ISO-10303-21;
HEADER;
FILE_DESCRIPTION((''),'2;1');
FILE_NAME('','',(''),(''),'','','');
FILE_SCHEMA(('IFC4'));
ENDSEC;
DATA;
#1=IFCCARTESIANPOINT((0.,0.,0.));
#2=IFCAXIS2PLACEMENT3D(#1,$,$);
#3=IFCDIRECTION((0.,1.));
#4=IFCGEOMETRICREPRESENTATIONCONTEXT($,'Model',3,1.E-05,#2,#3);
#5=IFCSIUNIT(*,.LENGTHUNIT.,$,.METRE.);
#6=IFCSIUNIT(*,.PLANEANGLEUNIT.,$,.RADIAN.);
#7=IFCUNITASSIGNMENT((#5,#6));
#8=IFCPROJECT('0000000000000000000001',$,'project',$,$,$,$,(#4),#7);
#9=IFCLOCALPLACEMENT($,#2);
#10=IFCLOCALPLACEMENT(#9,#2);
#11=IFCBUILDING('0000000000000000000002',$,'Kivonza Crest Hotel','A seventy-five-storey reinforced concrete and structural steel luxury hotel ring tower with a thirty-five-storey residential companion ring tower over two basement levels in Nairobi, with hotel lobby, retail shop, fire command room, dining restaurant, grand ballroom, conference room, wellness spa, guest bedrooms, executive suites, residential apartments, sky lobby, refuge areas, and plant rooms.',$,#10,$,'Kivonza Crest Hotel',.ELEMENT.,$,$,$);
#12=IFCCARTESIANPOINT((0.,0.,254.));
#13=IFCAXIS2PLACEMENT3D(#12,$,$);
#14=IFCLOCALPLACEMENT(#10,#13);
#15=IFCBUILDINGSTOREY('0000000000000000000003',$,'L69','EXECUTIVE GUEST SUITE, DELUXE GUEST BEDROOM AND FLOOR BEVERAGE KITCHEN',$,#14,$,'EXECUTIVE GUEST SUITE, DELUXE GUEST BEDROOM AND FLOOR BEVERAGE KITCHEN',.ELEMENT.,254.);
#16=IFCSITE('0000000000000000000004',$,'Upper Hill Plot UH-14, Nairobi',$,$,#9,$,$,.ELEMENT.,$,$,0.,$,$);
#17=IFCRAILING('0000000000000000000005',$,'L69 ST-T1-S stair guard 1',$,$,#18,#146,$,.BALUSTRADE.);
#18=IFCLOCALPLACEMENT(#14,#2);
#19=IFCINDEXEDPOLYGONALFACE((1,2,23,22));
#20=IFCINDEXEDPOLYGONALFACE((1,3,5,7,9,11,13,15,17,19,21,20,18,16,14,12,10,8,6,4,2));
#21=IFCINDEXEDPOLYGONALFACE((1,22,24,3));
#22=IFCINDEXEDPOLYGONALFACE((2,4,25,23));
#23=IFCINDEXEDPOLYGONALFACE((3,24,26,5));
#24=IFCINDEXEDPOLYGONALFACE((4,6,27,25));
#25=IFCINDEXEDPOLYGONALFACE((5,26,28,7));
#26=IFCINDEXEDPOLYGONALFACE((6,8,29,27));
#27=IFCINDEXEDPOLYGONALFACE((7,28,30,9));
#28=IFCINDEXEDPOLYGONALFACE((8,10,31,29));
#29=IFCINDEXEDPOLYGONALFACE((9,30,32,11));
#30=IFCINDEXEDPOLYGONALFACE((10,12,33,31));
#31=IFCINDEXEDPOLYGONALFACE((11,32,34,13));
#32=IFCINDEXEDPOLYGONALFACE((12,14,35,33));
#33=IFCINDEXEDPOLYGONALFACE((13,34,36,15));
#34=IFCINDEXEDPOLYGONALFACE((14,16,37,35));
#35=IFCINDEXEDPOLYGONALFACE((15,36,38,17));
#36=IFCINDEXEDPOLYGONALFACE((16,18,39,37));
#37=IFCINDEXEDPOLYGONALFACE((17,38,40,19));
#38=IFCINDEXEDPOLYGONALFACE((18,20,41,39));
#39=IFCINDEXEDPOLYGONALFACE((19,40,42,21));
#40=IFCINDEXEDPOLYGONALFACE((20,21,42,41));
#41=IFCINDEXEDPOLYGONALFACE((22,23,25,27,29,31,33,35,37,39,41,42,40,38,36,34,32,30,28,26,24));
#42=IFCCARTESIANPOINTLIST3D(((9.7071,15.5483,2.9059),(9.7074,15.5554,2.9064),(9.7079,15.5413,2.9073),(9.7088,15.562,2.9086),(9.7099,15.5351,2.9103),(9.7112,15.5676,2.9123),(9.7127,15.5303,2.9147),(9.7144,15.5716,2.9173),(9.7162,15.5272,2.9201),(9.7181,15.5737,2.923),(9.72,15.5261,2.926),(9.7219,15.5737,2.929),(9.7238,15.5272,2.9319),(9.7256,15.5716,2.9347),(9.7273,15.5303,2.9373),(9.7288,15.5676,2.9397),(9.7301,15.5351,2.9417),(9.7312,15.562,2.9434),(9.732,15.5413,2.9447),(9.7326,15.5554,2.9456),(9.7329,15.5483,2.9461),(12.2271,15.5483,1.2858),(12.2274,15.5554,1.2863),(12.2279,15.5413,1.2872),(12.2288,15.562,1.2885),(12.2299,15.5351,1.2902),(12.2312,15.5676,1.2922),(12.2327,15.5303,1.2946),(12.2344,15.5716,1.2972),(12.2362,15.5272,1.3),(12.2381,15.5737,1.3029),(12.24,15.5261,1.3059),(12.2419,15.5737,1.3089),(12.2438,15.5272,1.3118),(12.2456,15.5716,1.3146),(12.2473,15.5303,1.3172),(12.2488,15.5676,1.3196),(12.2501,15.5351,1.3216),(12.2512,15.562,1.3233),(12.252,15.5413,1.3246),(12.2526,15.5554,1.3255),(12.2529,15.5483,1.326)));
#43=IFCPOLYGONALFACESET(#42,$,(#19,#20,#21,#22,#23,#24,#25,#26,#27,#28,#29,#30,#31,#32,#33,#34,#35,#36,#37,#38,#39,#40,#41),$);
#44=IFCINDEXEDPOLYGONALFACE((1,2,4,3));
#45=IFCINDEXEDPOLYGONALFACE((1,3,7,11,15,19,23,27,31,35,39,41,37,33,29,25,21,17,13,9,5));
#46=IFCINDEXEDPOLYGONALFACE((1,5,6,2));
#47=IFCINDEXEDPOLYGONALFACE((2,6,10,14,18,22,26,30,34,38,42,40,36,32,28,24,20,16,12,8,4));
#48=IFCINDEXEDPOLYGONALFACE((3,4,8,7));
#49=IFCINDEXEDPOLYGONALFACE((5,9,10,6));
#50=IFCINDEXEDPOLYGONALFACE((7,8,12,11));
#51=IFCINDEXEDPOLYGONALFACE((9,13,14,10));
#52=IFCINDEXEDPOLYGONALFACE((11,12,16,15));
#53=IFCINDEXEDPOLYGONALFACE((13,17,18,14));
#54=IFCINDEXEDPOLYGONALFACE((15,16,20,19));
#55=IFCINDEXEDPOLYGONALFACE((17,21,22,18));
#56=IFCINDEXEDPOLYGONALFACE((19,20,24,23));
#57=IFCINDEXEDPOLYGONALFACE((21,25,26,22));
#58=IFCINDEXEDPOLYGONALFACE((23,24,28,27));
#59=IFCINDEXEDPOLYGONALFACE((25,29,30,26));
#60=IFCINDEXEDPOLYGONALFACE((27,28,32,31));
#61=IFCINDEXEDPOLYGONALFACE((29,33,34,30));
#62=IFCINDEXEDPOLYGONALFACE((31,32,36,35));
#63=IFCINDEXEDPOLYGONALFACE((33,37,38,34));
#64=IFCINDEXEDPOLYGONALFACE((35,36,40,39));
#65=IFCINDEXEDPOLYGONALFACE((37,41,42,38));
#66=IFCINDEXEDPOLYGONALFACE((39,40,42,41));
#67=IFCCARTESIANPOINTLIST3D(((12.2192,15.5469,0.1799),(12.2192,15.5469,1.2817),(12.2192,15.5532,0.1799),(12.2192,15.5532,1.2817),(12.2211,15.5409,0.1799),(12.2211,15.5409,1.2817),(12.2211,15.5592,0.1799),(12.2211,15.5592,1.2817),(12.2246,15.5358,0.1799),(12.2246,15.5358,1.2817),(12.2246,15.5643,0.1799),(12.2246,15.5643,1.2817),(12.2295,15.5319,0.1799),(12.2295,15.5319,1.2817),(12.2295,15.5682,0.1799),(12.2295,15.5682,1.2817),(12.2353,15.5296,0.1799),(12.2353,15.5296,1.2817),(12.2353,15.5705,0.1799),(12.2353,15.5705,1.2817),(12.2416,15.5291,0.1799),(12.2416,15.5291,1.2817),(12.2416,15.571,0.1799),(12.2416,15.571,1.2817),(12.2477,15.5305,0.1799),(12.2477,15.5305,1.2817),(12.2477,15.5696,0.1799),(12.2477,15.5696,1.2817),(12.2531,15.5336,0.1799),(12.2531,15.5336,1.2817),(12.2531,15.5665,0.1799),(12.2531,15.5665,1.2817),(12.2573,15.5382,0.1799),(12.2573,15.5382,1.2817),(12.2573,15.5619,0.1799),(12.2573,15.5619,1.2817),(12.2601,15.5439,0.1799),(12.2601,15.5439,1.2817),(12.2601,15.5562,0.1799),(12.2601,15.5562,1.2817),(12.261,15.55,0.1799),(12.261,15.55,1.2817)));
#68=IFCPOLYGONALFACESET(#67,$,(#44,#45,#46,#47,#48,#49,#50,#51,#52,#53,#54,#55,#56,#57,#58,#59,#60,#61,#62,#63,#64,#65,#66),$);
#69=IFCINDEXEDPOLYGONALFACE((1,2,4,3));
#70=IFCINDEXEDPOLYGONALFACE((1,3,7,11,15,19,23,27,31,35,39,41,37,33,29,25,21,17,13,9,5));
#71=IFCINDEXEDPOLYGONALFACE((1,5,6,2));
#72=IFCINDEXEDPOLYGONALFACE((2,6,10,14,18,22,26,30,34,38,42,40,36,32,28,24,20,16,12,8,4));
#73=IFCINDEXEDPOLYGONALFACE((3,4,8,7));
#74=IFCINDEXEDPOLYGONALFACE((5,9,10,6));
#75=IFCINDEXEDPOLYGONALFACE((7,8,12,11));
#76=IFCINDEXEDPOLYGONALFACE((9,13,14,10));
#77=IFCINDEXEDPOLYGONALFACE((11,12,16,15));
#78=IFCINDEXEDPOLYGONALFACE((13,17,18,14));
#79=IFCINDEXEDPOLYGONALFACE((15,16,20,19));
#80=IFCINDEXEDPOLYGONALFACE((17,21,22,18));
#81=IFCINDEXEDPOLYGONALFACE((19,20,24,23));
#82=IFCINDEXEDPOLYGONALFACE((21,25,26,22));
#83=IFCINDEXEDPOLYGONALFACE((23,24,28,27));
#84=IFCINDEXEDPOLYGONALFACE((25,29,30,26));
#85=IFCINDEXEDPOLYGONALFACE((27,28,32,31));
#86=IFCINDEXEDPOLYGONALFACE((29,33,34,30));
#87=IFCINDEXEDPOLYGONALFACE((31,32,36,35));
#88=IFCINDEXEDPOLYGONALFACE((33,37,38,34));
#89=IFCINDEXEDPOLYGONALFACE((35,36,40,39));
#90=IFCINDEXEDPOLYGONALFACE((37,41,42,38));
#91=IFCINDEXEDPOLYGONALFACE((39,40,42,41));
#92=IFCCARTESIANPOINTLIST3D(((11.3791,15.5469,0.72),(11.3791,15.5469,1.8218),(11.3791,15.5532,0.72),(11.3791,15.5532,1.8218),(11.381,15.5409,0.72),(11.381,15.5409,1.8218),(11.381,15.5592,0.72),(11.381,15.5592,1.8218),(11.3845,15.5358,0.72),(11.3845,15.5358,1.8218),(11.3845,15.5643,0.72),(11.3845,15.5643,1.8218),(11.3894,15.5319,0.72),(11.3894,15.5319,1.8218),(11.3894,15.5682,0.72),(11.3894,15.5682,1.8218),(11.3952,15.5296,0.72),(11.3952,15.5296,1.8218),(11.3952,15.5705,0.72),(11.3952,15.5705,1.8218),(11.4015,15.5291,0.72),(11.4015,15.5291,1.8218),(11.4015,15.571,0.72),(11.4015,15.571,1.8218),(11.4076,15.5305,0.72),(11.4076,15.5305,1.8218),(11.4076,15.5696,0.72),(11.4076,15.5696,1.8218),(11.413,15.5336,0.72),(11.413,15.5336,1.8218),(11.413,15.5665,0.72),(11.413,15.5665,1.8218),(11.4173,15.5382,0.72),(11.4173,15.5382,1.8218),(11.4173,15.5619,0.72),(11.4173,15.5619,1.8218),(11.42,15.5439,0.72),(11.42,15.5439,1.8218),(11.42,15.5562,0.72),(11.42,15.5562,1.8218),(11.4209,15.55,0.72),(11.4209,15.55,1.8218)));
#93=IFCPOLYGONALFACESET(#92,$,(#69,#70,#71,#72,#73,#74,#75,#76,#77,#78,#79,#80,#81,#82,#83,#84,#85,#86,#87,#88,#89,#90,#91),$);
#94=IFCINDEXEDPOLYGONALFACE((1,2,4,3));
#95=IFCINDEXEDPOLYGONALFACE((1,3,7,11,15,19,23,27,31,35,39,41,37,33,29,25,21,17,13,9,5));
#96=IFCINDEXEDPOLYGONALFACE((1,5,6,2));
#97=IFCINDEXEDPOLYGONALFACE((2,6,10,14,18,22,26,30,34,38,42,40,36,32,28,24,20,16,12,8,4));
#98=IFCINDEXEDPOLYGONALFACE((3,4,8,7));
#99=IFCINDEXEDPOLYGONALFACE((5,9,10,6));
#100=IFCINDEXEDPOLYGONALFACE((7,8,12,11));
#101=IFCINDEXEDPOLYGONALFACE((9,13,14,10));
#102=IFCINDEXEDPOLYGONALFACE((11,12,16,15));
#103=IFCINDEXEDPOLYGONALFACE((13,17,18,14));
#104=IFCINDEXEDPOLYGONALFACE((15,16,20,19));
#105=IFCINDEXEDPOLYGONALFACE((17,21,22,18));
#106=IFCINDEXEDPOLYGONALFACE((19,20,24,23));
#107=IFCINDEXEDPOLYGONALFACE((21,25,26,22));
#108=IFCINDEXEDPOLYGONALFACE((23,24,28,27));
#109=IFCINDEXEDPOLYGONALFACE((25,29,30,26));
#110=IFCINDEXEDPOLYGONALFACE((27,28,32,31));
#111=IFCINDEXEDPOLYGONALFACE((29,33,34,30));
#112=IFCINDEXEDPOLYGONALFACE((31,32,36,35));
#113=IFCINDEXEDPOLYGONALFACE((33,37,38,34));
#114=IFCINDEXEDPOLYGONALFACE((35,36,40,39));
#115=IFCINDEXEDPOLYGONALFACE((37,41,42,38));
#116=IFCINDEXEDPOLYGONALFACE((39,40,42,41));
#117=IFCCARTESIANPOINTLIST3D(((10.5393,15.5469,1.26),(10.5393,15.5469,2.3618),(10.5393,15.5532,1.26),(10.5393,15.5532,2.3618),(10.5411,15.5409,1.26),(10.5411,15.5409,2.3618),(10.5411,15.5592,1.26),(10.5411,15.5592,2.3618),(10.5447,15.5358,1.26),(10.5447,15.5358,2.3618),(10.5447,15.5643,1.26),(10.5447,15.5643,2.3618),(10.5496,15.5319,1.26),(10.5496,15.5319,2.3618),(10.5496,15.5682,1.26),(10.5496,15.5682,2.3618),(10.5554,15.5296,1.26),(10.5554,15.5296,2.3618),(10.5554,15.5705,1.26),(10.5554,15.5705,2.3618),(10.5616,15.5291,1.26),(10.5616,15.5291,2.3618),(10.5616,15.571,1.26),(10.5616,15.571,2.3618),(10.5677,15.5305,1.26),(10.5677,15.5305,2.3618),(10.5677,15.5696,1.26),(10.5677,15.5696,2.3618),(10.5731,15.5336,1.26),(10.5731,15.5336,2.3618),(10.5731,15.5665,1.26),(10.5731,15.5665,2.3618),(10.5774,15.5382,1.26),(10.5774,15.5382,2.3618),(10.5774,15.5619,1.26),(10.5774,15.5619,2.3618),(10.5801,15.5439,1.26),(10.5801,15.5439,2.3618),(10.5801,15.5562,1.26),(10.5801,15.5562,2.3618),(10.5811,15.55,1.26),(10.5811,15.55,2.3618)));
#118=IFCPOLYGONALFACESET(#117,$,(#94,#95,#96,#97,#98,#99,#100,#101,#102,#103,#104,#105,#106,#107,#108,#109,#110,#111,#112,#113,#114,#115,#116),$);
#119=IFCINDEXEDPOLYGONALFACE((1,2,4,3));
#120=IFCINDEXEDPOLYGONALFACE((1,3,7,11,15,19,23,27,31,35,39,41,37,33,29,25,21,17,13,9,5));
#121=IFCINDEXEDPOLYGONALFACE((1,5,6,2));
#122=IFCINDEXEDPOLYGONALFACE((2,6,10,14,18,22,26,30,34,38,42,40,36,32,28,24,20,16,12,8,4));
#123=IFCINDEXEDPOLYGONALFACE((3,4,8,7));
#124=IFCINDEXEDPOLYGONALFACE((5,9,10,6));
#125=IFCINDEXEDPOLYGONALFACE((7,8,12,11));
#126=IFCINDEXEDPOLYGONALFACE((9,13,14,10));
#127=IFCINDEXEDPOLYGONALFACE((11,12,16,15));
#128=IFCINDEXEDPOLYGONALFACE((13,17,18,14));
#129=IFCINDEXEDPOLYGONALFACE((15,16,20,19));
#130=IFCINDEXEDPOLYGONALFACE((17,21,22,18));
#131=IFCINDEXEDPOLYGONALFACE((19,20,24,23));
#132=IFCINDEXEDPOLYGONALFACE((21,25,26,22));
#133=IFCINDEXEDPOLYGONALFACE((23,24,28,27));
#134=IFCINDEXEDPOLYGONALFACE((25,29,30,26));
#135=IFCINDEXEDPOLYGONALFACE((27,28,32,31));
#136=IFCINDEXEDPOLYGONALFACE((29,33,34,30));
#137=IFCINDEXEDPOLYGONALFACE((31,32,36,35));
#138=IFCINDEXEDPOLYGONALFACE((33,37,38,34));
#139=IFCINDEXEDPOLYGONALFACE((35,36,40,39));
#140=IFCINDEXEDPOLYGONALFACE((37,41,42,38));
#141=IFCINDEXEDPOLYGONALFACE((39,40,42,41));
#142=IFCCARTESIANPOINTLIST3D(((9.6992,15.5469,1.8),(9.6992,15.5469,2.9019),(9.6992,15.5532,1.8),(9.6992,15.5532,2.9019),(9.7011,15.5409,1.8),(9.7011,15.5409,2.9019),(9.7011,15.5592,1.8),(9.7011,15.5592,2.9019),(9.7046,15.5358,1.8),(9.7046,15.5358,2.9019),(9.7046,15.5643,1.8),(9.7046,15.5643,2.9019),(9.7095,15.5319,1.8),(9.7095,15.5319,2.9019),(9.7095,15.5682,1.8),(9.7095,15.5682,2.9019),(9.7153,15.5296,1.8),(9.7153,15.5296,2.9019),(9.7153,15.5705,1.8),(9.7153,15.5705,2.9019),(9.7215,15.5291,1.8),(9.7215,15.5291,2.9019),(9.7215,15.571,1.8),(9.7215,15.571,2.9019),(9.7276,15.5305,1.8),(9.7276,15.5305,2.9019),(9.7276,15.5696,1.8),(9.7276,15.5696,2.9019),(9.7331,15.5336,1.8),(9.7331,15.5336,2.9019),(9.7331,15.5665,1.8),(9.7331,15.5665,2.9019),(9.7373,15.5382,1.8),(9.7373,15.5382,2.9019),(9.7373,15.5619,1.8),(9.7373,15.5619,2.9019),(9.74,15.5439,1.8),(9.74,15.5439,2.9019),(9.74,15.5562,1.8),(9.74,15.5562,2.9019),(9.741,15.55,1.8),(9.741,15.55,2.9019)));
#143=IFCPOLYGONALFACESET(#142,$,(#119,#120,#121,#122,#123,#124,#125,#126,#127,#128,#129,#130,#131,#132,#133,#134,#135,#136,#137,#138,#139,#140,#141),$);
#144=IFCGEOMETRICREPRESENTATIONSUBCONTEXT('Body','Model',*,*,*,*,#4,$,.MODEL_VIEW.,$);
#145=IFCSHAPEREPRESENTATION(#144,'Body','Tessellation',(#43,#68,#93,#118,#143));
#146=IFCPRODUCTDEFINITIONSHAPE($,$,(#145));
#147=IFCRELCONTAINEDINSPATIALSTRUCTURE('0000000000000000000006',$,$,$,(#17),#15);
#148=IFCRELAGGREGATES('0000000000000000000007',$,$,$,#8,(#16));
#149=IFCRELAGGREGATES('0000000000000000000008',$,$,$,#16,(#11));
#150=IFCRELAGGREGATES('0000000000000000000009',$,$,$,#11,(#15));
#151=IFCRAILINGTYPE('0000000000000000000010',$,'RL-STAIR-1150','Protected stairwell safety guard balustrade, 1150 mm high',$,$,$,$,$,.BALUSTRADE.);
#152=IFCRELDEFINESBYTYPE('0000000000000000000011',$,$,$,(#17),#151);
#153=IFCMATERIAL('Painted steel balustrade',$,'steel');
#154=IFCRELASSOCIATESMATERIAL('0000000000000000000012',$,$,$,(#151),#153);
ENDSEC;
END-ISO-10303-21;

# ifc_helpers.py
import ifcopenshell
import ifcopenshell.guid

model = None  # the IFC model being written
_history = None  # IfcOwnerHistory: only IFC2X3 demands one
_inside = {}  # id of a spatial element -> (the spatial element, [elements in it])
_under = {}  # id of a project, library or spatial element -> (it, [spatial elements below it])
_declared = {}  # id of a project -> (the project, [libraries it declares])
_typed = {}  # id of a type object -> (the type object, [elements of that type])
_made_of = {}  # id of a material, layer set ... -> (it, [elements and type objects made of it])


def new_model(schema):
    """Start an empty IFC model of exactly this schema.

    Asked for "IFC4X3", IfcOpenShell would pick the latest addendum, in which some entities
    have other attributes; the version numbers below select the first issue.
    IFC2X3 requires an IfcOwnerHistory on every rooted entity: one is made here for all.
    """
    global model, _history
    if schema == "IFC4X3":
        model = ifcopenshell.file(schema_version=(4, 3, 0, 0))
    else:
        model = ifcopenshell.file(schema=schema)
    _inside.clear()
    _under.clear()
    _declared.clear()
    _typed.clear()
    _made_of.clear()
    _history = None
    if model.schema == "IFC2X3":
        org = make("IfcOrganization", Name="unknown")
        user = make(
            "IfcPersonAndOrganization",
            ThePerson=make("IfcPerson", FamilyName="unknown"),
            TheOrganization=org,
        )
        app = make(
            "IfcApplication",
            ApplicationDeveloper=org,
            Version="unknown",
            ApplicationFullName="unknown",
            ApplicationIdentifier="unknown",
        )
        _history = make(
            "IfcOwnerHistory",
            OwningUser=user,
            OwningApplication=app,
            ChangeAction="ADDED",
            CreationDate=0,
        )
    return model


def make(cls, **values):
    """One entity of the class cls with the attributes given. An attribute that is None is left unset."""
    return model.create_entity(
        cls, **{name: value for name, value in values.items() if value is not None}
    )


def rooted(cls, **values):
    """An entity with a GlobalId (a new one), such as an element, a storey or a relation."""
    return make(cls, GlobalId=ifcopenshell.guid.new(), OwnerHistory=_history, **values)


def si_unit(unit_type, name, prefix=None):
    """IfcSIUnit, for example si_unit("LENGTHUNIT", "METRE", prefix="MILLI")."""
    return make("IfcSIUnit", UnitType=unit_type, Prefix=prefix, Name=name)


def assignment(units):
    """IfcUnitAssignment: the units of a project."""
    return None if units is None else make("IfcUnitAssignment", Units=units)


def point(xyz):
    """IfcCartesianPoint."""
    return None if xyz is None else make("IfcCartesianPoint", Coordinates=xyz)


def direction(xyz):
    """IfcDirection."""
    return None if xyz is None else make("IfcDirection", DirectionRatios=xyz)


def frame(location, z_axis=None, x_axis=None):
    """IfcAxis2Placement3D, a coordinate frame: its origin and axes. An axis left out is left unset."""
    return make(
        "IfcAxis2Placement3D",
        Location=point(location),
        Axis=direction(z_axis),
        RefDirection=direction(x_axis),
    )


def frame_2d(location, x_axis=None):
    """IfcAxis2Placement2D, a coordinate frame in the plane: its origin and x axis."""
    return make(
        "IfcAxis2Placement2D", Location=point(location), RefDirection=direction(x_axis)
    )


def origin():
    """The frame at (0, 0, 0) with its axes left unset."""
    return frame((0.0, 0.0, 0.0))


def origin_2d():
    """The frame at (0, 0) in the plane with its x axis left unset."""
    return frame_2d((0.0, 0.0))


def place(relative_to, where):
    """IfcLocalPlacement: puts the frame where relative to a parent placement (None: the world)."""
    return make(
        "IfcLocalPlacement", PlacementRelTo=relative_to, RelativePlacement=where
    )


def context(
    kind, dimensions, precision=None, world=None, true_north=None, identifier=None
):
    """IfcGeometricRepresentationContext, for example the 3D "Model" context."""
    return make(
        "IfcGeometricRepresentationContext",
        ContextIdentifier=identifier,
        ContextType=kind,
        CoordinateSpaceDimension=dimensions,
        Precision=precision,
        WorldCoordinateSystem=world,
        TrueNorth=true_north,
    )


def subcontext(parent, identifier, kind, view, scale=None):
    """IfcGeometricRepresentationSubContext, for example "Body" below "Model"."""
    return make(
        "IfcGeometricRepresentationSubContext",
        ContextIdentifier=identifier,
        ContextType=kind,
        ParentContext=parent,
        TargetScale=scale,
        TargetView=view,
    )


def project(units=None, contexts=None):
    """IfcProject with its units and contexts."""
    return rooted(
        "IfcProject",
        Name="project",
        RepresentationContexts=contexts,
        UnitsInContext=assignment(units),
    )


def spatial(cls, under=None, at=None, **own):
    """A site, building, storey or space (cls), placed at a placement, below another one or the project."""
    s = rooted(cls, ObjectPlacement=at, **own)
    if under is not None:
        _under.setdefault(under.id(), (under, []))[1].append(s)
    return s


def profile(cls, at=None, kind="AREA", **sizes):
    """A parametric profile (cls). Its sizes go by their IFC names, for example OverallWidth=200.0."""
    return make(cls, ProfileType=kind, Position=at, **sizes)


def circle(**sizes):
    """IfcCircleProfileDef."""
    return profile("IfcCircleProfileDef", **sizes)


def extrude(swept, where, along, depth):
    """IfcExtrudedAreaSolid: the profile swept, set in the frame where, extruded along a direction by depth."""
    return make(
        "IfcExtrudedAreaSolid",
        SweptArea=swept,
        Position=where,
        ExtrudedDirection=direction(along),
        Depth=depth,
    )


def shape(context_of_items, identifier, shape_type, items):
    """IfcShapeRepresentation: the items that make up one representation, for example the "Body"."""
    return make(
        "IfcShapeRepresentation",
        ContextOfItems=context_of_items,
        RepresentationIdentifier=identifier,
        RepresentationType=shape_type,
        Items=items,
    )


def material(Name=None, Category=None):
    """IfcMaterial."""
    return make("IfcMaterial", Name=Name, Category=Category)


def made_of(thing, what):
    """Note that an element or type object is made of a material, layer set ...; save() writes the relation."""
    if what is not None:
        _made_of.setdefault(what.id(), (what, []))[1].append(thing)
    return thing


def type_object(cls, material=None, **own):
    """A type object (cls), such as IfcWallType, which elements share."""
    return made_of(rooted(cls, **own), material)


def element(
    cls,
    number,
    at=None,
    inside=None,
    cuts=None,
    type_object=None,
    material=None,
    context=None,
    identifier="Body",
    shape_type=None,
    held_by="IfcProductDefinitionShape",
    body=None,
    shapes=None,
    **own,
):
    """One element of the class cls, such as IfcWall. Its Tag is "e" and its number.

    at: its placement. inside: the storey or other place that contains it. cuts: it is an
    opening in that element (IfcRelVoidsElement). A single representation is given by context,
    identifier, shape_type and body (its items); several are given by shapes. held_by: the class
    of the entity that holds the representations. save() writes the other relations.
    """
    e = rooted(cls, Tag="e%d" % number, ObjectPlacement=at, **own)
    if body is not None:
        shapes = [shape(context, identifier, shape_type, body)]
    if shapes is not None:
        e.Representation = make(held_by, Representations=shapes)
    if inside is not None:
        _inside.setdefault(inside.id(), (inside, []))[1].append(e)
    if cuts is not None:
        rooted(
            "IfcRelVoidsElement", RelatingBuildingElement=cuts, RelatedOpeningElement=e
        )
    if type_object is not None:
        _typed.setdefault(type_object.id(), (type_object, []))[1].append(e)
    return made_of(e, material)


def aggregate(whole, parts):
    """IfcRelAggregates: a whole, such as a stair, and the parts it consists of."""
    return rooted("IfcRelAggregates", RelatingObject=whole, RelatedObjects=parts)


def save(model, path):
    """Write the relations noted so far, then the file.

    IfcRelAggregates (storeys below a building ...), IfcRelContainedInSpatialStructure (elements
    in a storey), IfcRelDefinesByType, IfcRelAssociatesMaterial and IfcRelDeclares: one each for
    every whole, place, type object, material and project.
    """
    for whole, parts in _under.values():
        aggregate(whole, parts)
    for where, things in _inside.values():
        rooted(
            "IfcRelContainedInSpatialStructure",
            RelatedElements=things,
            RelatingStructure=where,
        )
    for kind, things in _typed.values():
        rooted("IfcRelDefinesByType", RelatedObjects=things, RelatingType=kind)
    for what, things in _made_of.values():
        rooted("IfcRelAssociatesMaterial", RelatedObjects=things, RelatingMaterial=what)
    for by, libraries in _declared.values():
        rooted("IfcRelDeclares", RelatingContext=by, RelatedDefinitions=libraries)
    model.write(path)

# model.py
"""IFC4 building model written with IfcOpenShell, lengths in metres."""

from ifc_helpers import new_model, si_unit, direction, frame, origin, origin_2d, place, context, subcontext, project, spatial, circle, extrude, material, type_object, element, save


model = new_model("IFC4")

# Units and contexts
model_context = context("Model", 3, precision=1e-05, world=origin(), true_north=direction((0.0, 1.0)))
body_context = subcontext(model_context, "Body", "Model", "MODEL_VIEW")
ifc_project = project(units=[si_unit("LENGTHUNIT", "METRE"), si_unit("PLANEANGLEUNIT", "RADIAN")], contexts=[model_context])

# Site, building, storey
site_placement = place(None, origin())
site = spatial("IfcSite", under=ifc_project, at=site_placement, Name="Upper Hill Plot UH-14, Nairobi", CompositionType="ELEMENT", RefElevation=0.0)
building_placement = place(site_placement, origin())
building = spatial("IfcBuilding", under=site, at=building_placement, Name="Kivonza Crest Hotel", Description="A seventy-five-storey reinforced concrete and structural steel luxury hotel ring tower with a thirty-five-storey residential companion ring tower over two basement levels in Nairobi, with hotel lobby, retail shop, fire command room, dining restaurant, grand ballroom, conference room, wellness spa, guest bedrooms, executive suites, residential apartments, sky lobby, refuge areas, and plant rooms.", LongName="Kivonza Crest Hotel", CompositionType="ELEMENT")
storey_placement = place(building_placement, frame((0.0, 0.0, 254.0)))
storey = spatial("IfcBuildingStorey", under=building, at=storey_placement, Name="L69", Description="EXECUTIVE GUEST SUITE, DELUXE GUEST BEDROOM AND FLOOR BEVERAGE KITCHEN", LongName="EXECUTIVE GUEST SUITE, DELUXE GUEST BEDROOM AND FLOOR BEVERAGE KITCHEN", CompositionType="ELEMENT", Elevation=254.0)

# Railing
ifc_material_1 = material(Name="Painted steel balustrade", Category="steel")
railing_type_1 = type_object("IfcRailingType", Name="RL-STAIR-1150", Description="Protected stairwell safety guard balustrade, 1150 mm high", PredefinedType="BALUSTRADE", material=ifc_material_1)
railing_1_placement = place(storey_placement, frame((12.24, 15.55, 0.1799)))
element("IfcRailing", 1, at=railing_1_placement, inside=storey, type_object=railing_type_1, Name="L69 ST-T1-S stair guard 1", PredefinedType="BALUSTRADE", context=body_context, shape_type="SweptSolid", body=[
    extrude(circle(Radius=0.0239, at=origin_2d()), frame((0.0, 0.0, 1.126), z_axis=(-0.841163, 0.0, 0.540782), x_axis=(0.0, -1.0, 0.0)), (0.0, 0.0, 1.0), 2.9958),
    extrude(circle(Radius=0.021, at=origin_2d()), origin(), (0.0, 0.0, 1.0), 1.1018),
    extrude(circle(Radius=0.021, at=origin_2d()), frame((-0.8401, 0.0, 0.54)), (0.0, 0.0, 1.0), 1.1018),
    extrude(circle(Radius=0.021, at=origin_2d()), frame((-1.6799, 0.0, 1.0801)), (0.0, 0.0, 1.0), 1.1018),
    extrude(circle(Radius=0.021, at=origin_2d()), frame((-2.52, 0.0, 1.6201)), (0.0, 0.0, 1.0), 1.1018),
])

save(model, "model.ifc")
